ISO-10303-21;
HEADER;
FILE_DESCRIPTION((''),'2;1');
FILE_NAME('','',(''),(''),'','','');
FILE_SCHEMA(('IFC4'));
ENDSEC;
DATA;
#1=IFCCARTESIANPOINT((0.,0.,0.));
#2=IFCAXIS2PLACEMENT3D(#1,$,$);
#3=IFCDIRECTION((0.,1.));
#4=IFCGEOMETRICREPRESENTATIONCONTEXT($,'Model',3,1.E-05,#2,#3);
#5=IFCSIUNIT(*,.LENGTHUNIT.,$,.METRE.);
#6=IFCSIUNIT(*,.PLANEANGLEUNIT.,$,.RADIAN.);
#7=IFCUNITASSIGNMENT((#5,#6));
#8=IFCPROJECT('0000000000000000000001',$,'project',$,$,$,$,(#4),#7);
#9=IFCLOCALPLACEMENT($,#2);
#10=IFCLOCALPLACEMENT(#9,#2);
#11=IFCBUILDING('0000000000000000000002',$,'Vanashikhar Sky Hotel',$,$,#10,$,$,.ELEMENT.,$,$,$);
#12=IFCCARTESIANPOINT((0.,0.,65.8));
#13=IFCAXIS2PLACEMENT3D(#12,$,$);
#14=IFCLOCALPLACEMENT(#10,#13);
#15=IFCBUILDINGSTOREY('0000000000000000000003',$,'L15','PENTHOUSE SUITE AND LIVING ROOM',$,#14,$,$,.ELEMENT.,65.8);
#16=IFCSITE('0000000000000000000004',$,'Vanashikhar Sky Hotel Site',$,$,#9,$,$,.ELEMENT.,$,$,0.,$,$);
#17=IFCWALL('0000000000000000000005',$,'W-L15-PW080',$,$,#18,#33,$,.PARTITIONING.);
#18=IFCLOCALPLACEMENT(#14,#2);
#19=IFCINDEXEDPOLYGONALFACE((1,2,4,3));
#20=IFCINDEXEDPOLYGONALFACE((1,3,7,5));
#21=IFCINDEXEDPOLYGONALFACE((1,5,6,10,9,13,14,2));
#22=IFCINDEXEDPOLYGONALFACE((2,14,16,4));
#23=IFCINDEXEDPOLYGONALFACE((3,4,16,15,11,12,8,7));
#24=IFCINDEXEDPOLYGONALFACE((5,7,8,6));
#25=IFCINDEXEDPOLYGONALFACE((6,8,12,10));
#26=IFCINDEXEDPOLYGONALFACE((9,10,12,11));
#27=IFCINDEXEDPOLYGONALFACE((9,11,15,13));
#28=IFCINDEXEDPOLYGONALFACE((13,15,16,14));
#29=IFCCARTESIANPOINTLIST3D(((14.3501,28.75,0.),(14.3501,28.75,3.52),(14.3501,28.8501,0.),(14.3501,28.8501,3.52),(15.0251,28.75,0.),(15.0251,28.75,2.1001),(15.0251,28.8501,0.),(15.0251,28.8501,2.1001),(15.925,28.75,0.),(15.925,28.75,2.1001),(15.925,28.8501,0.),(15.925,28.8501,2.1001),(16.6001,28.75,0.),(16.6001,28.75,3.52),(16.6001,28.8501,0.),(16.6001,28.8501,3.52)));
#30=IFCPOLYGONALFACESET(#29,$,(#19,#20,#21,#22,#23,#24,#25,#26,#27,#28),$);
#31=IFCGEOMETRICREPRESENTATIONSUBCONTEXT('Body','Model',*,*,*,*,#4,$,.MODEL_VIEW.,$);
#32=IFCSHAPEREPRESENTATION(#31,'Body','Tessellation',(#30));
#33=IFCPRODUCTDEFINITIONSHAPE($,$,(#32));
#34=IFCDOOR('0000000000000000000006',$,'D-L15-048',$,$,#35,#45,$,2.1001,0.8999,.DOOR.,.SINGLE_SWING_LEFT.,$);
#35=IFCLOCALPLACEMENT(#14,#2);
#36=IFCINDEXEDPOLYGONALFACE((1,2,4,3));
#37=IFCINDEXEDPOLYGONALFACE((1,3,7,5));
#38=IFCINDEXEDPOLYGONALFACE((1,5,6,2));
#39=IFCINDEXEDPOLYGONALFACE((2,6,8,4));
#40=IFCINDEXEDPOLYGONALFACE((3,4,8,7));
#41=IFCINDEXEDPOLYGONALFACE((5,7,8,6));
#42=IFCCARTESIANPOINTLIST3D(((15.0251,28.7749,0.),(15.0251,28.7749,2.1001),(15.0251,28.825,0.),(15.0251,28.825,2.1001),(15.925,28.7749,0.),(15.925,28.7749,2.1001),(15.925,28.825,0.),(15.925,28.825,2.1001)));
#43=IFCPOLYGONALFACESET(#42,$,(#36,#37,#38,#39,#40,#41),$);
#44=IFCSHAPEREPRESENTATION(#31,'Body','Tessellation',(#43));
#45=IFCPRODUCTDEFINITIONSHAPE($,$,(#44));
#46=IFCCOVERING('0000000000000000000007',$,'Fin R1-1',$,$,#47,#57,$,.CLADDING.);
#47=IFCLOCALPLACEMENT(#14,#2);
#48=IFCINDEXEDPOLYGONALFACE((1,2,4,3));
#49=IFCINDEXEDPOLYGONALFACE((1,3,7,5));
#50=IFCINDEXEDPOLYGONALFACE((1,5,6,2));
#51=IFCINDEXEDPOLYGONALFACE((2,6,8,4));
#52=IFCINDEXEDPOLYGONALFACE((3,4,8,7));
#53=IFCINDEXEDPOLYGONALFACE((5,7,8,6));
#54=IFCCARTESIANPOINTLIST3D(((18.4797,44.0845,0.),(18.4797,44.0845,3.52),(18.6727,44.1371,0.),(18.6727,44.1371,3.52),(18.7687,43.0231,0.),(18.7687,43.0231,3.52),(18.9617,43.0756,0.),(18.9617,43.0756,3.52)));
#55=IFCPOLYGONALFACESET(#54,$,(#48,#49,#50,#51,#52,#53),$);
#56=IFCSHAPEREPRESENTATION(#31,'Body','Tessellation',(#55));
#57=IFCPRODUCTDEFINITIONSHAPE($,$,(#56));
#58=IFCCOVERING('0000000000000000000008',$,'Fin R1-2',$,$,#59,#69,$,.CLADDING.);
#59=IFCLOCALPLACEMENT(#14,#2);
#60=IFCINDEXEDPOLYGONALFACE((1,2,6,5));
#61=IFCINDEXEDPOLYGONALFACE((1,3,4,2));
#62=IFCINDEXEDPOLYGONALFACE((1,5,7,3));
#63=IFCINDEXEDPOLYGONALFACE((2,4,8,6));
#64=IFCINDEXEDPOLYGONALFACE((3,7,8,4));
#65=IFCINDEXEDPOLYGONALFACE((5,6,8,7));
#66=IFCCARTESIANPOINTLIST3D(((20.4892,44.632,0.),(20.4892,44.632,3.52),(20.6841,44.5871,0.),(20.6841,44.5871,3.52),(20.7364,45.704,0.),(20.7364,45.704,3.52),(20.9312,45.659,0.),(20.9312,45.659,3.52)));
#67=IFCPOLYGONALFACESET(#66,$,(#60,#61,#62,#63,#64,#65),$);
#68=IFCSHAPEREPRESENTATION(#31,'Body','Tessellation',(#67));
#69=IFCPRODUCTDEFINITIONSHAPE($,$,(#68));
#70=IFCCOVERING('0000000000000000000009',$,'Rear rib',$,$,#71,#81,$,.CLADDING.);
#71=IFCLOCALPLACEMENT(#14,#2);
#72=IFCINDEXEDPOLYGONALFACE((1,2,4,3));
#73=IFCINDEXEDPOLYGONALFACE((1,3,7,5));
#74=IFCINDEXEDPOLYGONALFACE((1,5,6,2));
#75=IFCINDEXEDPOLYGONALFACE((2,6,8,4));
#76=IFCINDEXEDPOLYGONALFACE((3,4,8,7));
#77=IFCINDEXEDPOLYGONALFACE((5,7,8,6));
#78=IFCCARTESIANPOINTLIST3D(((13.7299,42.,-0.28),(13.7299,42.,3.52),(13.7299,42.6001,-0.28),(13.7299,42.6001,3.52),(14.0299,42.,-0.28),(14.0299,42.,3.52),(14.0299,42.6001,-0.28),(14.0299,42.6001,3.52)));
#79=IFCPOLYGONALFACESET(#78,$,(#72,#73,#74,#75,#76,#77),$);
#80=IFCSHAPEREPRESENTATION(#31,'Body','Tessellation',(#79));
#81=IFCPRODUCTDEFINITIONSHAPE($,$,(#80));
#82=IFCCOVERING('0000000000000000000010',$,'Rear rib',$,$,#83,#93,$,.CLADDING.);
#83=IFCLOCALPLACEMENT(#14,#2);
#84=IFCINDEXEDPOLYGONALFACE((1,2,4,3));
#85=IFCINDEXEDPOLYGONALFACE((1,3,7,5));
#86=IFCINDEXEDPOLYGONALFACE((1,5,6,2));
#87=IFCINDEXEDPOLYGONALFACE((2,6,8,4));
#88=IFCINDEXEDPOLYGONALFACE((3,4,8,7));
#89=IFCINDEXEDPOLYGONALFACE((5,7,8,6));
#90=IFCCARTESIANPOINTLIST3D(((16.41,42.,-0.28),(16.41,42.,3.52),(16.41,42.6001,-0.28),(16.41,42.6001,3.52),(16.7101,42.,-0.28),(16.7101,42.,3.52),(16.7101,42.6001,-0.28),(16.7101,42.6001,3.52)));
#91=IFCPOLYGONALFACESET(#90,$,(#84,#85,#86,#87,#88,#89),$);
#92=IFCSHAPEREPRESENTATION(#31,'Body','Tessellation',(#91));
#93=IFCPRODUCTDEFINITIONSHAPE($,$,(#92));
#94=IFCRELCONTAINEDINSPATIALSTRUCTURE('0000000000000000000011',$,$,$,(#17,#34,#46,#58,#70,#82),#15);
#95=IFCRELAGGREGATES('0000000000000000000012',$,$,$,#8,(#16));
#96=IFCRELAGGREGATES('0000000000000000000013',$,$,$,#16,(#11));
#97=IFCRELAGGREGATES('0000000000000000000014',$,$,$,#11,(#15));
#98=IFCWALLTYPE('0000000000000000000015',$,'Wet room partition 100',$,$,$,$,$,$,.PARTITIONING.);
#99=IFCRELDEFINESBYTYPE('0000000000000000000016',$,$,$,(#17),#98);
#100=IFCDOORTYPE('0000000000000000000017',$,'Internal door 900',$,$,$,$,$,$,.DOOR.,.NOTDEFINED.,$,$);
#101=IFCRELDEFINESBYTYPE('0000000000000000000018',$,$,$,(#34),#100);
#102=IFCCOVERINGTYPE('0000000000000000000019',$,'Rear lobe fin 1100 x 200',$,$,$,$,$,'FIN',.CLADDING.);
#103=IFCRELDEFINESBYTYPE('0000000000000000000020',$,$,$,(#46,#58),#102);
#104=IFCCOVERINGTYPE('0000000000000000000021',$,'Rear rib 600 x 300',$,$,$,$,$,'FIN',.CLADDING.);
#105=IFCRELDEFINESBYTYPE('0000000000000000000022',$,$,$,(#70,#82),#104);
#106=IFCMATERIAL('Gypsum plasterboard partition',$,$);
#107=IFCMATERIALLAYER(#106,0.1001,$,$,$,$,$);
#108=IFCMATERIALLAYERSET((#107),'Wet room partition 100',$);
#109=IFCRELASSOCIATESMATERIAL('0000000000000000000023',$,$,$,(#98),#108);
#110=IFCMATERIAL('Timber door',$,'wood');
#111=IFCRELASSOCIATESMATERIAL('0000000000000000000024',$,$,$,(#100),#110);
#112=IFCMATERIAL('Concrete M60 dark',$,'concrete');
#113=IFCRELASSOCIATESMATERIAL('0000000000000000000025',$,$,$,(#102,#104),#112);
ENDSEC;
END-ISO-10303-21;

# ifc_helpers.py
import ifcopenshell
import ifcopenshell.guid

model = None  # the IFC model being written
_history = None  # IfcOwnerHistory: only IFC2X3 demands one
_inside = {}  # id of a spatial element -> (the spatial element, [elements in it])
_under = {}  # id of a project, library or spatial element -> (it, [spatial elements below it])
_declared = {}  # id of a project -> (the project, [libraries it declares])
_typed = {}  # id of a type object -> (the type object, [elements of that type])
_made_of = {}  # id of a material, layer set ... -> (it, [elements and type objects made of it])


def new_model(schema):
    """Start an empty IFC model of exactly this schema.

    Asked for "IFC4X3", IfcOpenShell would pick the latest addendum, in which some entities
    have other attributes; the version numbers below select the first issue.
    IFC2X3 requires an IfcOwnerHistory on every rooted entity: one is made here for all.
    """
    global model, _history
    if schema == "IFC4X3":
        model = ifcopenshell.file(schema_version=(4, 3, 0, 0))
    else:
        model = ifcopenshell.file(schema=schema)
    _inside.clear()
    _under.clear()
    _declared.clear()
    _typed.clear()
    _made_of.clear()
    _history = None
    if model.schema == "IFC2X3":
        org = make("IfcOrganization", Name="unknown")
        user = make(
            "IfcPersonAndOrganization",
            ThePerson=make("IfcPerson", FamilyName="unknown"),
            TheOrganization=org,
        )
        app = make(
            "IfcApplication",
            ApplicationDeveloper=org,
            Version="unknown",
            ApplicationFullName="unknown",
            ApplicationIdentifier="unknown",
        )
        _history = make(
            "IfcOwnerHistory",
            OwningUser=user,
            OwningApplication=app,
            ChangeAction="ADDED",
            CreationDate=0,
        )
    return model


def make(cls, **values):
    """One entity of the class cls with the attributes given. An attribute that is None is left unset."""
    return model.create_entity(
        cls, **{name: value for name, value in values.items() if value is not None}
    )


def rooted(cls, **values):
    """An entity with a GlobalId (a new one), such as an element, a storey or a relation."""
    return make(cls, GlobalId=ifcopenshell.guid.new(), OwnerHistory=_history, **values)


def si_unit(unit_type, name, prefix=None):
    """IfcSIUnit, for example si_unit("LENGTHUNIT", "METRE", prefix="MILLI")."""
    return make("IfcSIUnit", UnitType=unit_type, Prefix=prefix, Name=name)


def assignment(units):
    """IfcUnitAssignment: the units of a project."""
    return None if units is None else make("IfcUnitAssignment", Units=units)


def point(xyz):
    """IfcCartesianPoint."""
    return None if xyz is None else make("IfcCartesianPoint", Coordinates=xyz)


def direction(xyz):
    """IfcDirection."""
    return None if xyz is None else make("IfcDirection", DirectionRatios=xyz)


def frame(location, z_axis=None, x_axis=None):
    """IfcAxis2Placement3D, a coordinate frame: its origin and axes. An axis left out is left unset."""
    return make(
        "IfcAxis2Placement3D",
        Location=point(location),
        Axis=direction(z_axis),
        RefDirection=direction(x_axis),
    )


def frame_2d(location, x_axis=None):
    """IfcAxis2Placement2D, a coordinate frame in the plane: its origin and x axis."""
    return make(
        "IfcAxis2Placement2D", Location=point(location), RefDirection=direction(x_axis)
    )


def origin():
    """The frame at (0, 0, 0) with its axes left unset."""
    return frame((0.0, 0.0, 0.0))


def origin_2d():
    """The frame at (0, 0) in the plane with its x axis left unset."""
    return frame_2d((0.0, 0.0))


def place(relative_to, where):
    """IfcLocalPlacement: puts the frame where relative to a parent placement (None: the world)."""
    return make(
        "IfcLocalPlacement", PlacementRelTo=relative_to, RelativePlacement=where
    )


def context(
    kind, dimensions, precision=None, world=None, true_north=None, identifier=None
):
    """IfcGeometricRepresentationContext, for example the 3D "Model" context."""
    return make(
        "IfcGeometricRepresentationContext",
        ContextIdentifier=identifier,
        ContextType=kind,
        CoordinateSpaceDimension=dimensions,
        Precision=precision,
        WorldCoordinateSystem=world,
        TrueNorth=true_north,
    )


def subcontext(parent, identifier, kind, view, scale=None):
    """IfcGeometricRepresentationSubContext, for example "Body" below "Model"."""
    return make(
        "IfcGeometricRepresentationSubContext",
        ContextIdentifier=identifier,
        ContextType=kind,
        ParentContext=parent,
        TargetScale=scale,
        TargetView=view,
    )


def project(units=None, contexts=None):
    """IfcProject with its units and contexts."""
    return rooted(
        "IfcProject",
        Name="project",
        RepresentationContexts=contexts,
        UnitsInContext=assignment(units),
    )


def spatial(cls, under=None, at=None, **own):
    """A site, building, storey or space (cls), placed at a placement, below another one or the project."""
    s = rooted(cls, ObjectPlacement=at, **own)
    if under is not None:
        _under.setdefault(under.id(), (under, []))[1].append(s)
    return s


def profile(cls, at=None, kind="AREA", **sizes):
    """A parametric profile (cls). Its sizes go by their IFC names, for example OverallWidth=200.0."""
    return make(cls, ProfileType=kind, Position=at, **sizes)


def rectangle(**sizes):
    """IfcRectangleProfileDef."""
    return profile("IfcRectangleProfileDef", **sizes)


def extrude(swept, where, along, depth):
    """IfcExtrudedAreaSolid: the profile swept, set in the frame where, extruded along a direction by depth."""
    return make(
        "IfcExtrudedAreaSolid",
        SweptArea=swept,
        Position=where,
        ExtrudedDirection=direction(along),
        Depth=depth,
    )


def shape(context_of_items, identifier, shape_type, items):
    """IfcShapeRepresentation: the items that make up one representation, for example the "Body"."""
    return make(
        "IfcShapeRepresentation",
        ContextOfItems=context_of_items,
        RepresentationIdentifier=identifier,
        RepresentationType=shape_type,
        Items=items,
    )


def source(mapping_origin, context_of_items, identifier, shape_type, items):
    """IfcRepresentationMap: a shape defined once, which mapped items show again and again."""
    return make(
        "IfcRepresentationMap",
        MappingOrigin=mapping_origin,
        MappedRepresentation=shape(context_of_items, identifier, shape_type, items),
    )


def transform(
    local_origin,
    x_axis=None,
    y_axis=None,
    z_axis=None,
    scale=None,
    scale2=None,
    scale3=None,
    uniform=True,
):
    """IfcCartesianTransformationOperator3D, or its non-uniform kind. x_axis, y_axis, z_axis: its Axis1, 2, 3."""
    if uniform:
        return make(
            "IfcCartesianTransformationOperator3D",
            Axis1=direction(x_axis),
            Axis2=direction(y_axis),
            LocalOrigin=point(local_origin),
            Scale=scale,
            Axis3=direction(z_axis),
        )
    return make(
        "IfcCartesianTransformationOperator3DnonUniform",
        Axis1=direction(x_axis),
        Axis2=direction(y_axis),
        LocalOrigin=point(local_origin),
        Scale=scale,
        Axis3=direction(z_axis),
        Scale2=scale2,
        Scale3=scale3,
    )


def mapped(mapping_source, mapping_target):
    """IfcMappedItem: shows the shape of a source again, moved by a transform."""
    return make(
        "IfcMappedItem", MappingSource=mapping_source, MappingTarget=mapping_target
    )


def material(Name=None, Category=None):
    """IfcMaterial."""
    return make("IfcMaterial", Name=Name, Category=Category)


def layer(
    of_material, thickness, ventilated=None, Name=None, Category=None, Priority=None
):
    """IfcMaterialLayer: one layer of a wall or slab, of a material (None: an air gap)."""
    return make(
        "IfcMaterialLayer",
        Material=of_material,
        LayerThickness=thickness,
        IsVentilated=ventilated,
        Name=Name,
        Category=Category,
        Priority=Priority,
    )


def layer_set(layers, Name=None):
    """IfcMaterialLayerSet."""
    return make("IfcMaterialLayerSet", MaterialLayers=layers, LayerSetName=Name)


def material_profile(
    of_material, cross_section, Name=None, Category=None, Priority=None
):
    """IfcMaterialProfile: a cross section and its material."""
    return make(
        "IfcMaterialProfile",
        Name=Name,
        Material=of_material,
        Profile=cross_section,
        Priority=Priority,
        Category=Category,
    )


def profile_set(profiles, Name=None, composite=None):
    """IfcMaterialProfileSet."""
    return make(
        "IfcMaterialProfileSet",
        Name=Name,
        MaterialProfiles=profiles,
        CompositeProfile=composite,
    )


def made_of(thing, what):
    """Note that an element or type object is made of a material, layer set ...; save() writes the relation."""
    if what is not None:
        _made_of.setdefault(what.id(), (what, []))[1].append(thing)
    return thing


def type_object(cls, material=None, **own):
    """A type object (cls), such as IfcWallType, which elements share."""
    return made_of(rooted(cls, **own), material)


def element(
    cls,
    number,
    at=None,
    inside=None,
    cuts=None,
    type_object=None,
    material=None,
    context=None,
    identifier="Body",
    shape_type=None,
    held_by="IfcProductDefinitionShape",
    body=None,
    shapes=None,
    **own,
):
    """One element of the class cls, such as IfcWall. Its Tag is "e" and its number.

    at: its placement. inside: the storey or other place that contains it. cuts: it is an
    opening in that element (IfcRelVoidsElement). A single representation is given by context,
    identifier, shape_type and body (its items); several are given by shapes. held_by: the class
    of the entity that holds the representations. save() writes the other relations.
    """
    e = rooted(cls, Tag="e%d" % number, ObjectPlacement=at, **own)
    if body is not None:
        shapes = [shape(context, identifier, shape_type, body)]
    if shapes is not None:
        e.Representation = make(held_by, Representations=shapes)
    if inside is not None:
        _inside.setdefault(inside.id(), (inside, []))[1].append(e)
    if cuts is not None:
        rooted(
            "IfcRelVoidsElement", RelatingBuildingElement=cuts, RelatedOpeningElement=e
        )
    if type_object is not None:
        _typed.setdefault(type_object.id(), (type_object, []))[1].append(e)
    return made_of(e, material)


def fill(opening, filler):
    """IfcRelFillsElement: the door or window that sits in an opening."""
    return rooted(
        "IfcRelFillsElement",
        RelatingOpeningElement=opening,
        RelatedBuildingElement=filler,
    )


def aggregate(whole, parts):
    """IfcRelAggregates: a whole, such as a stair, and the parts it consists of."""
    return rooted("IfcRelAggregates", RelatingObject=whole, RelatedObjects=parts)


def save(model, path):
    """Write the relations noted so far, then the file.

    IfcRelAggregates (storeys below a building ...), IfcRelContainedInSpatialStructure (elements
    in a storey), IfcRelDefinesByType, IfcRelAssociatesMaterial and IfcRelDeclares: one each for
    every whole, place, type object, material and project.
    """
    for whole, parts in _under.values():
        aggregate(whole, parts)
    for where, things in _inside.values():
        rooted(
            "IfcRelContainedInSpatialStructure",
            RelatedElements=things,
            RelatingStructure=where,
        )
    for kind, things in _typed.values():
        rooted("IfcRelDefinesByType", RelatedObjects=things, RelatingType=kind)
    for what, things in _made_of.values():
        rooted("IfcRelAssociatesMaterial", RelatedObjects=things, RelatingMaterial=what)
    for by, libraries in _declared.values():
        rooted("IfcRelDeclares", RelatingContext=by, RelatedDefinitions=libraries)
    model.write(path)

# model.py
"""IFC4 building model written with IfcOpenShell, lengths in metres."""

from ifc_helpers import new_model, si_unit, direction, frame, frame_2d, origin, origin_2d, place, context, subcontext, project, spatial, rectangle, extrude, source, transform, mapped, material, layer, layer_set, material_profile, profile_set, type_object, element, fill, save


model = new_model("IFC4")

# Units and contexts
model_context = context("Model", 3, precision=1e-05, world=origin(), true_north=direction((0.0, 1.0)))
body_context = subcontext(model_context, "Body", "Model", "MODEL_VIEW")
ifc_project = project(units=[si_unit("LENGTHUNIT", "METRE"), si_unit("PLANEANGLEUNIT", "RADIAN")], contexts=[model_context])

# Site, building, storey
site_placement = place(None, origin())
site = spatial("IfcSite", under=ifc_project, at=site_placement, Name="Vanashikhar Sky Hotel Site", CompositionType="ELEMENT", RefElevation=0.0)
building_placement = place(site_placement, origin())
building = spatial("IfcBuilding", under=site, at=building_placement, Name="Vanashikhar Sky Hotel", CompositionType="ELEMENT")
storey_placement = place(building_placement, frame((0.0, 0.0, 65.8)))
storey = spatial("IfcBuildingStorey", under=building, at=storey_placement, Name="L15", Description="PENTHOUSE SUITE AND LIVING ROOM", CompositionType="ELEMENT", Elevation=65.8)

# Wall, opening, door
ifc_material_1 = material(Name="Gypsum plasterboard partition")
ifc_layer_1 = layer(ifc_material_1, 0.1001)
ifc_layer_set_1 = layer_set([ifc_layer_1], Name="Wet room partition 100")
wall_type_1 = type_object("IfcWallType", Name="Wet room partition 100", PredefinedType="PARTITIONING", material=ifc_layer_set_1)
shared_shape_1 = source(origin(), body_context, "Body", "SweptSolid", [
    extrude(rectangle(XDim=2.25, YDim=0.1001, at=frame_2d((1.125, 0.0))), origin(), (0.0, 0.0, 1.0), 3.52),
])
wall_1_placement = place(storey_placement, frame((14.3501, 28.8, 0.0), z_axis=(0.0, 0.0, 1.0), x_axis=(1.0, 0.0, 0.0)))
wall_1 = element("IfcWall", 1, at=wall_1_placement, inside=storey, type_object=wall_type_1, Name="W-L15-PW080", PredefinedType="PARTITIONING", context=body_context, shape_type="MappedRepresentation", body=[
    mapped(shared_shape_1, transform((0.0, 0.0, 0.0), scale=1.0)),
])
shared_shape_2 = source(origin(), body_context, "Body", "SweptSolid", [
    extrude(rectangle(XDim=0.8999, YDim=2.1001, at=frame_2d((0.45, 1.05))), frame((0.0, 0.0601, 0.0), z_axis=(0.0, -1.0, 0.0), x_axis=(1.0, 0.0, 0.0)), (0.0, 0.0, 1.0), 0.1201),
])
opening_1_placement = place(wall_1_placement, frame((0.675, 0.0, 0.0)))
opening_1 = element("IfcOpeningElement", 2, at=opening_1_placement, cuts=wall_1, PredefinedType="OPENING", context=body_context, shape_type="MappedRepresentation", body=[
    mapped(shared_shape_2, transform((0.0, 0.0, 0.0), scale=1.0)),
])
ifc_material_2 = material(Name="Timber door", Category="wood")
door_type_1 = type_object("IfcDoorType", Name="Internal door 900", OperationType="NOTDEFINED", PredefinedType="DOOR", material=ifc_material_2)
shared_shape_3 = source(origin(), body_context, "Body", "SweptSolid", [
    extrude(rectangle(XDim=0.8999, YDim=2.1001, at=frame_2d((0.45, 1.05))), frame((0.0, 0.0249, 0.0), z_axis=(0.0, -1.0, 0.0), x_axis=(1.0, 0.0, 0.0)), (0.0, 0.0, 1.0), 0.05),
])
door_1_placement = place(opening_1_placement, origin())
door_1 = element("IfcDoor", 3, at=door_1_placement, inside=storey, type_object=door_type_1, Name="D-L15-048", OperationType="SINGLE_SWING_LEFT", OverallHeight=2.1001, OverallWidth=0.8999, PredefinedType="DOOR", context=body_context, shape_type="MappedRepresentation", body=[
    mapped(shared_shape_3, transform((0.0, 0.0, 0.0), scale=1.0)),
])
fill(opening_1, door_1)

# Coverings
ifc_material_3 = material(Name="Concrete M60 dark", Category="concrete")
ifc_material_profile_1 = material_profile(ifc_material_3, rectangle(XDim=1.1001, YDim=0.2, at=origin_2d()))
ifc_profile_set_1 = profile_set([ifc_material_profile_1], Name="Rear lobe fin 1100 x 200")
covering_type_1 = type_object("IfcCoveringType", Name="Rear lobe fin 1100 x 200", ElementType="FIN", PredefinedType="CLADDING", material=ifc_profile_set_1)
shared_shape_4 = source(origin(), body_context, "Body", "SweptSolid", [
    extrude(rectangle(XDim=1.1001, YDim=0.2, at=origin_2d()), origin(), (0.0, 0.0, 1.0), 3.52),
])
for number, where, z_axis, x_axis, name in (
    (4, (18.7207, 43.5801, 0.0), (0.0, 0.0, 1.0), (-0.262711, 0.964874, 0.0), "Fin R1-1"),
    (5, (20.7102, 45.1455, 0.0), (0.0, 0.0, 1.0), (0.224645, 0.974441, 0.0), "Fin R1-2"),
):
    element("IfcCovering", number, at=place(storey_placement, frame(where, z_axis=z_axis, x_axis=x_axis)), inside=storey, type_object=covering_type_1, Name=name, PredefinedType="CLADDING", context=body_context, shape_type="MappedRepresentation", body=[
        mapped(shared_shape_4, transform((0.0, 0.0, 0.0), scale=1.0)),
    ])
ifc_material_profile_2 = material_profile(ifc_material_3, rectangle(XDim=0.6001, YDim=0.3, at=origin_2d()))
ifc_profile_set_2 = profile_set([ifc_material_profile_2], Name="Rear rib 600 x 300")
covering_type_2 = type_object("IfcCoveringType", Name="Rear rib 600 x 300", ElementType="FIN", PredefinedType="CLADDING", material=ifc_profile_set_2)
shared_shape_5 = source(origin(), body_context, "Body", "SweptSolid", [
    extrude(rectangle(XDim=0.6001, YDim=0.3, at=origin_2d()), origin(), (0.0, 0.0, 1.0), 3.8),
])
for number, where, z_axis, x_axis, name in (
    (6, (13.8799, 42.3, -0.28), (0.0, 0.0, 1.0), (0.0, 1.0, 0.0), "Rear rib"),
    (7, (16.5601, 42.3, -0.28), (0.0, 0.0, 1.0), (0.0, 1.0, 0.0), "Rear rib"),
):
    element("IfcCovering", number, at=place(storey_placement, frame(where, z_axis=z_axis, x_axis=x_axis)), inside=storey, type_object=covering_type_2, Name=name, PredefinedType="CLADDING", context=body_context, shape_type="MappedRepresentation", body=[
        mapped(shared_shape_5, transform((0.0, 0.0, 0.0), scale=1.0)),
    ])

save(model, "model.ifc")
